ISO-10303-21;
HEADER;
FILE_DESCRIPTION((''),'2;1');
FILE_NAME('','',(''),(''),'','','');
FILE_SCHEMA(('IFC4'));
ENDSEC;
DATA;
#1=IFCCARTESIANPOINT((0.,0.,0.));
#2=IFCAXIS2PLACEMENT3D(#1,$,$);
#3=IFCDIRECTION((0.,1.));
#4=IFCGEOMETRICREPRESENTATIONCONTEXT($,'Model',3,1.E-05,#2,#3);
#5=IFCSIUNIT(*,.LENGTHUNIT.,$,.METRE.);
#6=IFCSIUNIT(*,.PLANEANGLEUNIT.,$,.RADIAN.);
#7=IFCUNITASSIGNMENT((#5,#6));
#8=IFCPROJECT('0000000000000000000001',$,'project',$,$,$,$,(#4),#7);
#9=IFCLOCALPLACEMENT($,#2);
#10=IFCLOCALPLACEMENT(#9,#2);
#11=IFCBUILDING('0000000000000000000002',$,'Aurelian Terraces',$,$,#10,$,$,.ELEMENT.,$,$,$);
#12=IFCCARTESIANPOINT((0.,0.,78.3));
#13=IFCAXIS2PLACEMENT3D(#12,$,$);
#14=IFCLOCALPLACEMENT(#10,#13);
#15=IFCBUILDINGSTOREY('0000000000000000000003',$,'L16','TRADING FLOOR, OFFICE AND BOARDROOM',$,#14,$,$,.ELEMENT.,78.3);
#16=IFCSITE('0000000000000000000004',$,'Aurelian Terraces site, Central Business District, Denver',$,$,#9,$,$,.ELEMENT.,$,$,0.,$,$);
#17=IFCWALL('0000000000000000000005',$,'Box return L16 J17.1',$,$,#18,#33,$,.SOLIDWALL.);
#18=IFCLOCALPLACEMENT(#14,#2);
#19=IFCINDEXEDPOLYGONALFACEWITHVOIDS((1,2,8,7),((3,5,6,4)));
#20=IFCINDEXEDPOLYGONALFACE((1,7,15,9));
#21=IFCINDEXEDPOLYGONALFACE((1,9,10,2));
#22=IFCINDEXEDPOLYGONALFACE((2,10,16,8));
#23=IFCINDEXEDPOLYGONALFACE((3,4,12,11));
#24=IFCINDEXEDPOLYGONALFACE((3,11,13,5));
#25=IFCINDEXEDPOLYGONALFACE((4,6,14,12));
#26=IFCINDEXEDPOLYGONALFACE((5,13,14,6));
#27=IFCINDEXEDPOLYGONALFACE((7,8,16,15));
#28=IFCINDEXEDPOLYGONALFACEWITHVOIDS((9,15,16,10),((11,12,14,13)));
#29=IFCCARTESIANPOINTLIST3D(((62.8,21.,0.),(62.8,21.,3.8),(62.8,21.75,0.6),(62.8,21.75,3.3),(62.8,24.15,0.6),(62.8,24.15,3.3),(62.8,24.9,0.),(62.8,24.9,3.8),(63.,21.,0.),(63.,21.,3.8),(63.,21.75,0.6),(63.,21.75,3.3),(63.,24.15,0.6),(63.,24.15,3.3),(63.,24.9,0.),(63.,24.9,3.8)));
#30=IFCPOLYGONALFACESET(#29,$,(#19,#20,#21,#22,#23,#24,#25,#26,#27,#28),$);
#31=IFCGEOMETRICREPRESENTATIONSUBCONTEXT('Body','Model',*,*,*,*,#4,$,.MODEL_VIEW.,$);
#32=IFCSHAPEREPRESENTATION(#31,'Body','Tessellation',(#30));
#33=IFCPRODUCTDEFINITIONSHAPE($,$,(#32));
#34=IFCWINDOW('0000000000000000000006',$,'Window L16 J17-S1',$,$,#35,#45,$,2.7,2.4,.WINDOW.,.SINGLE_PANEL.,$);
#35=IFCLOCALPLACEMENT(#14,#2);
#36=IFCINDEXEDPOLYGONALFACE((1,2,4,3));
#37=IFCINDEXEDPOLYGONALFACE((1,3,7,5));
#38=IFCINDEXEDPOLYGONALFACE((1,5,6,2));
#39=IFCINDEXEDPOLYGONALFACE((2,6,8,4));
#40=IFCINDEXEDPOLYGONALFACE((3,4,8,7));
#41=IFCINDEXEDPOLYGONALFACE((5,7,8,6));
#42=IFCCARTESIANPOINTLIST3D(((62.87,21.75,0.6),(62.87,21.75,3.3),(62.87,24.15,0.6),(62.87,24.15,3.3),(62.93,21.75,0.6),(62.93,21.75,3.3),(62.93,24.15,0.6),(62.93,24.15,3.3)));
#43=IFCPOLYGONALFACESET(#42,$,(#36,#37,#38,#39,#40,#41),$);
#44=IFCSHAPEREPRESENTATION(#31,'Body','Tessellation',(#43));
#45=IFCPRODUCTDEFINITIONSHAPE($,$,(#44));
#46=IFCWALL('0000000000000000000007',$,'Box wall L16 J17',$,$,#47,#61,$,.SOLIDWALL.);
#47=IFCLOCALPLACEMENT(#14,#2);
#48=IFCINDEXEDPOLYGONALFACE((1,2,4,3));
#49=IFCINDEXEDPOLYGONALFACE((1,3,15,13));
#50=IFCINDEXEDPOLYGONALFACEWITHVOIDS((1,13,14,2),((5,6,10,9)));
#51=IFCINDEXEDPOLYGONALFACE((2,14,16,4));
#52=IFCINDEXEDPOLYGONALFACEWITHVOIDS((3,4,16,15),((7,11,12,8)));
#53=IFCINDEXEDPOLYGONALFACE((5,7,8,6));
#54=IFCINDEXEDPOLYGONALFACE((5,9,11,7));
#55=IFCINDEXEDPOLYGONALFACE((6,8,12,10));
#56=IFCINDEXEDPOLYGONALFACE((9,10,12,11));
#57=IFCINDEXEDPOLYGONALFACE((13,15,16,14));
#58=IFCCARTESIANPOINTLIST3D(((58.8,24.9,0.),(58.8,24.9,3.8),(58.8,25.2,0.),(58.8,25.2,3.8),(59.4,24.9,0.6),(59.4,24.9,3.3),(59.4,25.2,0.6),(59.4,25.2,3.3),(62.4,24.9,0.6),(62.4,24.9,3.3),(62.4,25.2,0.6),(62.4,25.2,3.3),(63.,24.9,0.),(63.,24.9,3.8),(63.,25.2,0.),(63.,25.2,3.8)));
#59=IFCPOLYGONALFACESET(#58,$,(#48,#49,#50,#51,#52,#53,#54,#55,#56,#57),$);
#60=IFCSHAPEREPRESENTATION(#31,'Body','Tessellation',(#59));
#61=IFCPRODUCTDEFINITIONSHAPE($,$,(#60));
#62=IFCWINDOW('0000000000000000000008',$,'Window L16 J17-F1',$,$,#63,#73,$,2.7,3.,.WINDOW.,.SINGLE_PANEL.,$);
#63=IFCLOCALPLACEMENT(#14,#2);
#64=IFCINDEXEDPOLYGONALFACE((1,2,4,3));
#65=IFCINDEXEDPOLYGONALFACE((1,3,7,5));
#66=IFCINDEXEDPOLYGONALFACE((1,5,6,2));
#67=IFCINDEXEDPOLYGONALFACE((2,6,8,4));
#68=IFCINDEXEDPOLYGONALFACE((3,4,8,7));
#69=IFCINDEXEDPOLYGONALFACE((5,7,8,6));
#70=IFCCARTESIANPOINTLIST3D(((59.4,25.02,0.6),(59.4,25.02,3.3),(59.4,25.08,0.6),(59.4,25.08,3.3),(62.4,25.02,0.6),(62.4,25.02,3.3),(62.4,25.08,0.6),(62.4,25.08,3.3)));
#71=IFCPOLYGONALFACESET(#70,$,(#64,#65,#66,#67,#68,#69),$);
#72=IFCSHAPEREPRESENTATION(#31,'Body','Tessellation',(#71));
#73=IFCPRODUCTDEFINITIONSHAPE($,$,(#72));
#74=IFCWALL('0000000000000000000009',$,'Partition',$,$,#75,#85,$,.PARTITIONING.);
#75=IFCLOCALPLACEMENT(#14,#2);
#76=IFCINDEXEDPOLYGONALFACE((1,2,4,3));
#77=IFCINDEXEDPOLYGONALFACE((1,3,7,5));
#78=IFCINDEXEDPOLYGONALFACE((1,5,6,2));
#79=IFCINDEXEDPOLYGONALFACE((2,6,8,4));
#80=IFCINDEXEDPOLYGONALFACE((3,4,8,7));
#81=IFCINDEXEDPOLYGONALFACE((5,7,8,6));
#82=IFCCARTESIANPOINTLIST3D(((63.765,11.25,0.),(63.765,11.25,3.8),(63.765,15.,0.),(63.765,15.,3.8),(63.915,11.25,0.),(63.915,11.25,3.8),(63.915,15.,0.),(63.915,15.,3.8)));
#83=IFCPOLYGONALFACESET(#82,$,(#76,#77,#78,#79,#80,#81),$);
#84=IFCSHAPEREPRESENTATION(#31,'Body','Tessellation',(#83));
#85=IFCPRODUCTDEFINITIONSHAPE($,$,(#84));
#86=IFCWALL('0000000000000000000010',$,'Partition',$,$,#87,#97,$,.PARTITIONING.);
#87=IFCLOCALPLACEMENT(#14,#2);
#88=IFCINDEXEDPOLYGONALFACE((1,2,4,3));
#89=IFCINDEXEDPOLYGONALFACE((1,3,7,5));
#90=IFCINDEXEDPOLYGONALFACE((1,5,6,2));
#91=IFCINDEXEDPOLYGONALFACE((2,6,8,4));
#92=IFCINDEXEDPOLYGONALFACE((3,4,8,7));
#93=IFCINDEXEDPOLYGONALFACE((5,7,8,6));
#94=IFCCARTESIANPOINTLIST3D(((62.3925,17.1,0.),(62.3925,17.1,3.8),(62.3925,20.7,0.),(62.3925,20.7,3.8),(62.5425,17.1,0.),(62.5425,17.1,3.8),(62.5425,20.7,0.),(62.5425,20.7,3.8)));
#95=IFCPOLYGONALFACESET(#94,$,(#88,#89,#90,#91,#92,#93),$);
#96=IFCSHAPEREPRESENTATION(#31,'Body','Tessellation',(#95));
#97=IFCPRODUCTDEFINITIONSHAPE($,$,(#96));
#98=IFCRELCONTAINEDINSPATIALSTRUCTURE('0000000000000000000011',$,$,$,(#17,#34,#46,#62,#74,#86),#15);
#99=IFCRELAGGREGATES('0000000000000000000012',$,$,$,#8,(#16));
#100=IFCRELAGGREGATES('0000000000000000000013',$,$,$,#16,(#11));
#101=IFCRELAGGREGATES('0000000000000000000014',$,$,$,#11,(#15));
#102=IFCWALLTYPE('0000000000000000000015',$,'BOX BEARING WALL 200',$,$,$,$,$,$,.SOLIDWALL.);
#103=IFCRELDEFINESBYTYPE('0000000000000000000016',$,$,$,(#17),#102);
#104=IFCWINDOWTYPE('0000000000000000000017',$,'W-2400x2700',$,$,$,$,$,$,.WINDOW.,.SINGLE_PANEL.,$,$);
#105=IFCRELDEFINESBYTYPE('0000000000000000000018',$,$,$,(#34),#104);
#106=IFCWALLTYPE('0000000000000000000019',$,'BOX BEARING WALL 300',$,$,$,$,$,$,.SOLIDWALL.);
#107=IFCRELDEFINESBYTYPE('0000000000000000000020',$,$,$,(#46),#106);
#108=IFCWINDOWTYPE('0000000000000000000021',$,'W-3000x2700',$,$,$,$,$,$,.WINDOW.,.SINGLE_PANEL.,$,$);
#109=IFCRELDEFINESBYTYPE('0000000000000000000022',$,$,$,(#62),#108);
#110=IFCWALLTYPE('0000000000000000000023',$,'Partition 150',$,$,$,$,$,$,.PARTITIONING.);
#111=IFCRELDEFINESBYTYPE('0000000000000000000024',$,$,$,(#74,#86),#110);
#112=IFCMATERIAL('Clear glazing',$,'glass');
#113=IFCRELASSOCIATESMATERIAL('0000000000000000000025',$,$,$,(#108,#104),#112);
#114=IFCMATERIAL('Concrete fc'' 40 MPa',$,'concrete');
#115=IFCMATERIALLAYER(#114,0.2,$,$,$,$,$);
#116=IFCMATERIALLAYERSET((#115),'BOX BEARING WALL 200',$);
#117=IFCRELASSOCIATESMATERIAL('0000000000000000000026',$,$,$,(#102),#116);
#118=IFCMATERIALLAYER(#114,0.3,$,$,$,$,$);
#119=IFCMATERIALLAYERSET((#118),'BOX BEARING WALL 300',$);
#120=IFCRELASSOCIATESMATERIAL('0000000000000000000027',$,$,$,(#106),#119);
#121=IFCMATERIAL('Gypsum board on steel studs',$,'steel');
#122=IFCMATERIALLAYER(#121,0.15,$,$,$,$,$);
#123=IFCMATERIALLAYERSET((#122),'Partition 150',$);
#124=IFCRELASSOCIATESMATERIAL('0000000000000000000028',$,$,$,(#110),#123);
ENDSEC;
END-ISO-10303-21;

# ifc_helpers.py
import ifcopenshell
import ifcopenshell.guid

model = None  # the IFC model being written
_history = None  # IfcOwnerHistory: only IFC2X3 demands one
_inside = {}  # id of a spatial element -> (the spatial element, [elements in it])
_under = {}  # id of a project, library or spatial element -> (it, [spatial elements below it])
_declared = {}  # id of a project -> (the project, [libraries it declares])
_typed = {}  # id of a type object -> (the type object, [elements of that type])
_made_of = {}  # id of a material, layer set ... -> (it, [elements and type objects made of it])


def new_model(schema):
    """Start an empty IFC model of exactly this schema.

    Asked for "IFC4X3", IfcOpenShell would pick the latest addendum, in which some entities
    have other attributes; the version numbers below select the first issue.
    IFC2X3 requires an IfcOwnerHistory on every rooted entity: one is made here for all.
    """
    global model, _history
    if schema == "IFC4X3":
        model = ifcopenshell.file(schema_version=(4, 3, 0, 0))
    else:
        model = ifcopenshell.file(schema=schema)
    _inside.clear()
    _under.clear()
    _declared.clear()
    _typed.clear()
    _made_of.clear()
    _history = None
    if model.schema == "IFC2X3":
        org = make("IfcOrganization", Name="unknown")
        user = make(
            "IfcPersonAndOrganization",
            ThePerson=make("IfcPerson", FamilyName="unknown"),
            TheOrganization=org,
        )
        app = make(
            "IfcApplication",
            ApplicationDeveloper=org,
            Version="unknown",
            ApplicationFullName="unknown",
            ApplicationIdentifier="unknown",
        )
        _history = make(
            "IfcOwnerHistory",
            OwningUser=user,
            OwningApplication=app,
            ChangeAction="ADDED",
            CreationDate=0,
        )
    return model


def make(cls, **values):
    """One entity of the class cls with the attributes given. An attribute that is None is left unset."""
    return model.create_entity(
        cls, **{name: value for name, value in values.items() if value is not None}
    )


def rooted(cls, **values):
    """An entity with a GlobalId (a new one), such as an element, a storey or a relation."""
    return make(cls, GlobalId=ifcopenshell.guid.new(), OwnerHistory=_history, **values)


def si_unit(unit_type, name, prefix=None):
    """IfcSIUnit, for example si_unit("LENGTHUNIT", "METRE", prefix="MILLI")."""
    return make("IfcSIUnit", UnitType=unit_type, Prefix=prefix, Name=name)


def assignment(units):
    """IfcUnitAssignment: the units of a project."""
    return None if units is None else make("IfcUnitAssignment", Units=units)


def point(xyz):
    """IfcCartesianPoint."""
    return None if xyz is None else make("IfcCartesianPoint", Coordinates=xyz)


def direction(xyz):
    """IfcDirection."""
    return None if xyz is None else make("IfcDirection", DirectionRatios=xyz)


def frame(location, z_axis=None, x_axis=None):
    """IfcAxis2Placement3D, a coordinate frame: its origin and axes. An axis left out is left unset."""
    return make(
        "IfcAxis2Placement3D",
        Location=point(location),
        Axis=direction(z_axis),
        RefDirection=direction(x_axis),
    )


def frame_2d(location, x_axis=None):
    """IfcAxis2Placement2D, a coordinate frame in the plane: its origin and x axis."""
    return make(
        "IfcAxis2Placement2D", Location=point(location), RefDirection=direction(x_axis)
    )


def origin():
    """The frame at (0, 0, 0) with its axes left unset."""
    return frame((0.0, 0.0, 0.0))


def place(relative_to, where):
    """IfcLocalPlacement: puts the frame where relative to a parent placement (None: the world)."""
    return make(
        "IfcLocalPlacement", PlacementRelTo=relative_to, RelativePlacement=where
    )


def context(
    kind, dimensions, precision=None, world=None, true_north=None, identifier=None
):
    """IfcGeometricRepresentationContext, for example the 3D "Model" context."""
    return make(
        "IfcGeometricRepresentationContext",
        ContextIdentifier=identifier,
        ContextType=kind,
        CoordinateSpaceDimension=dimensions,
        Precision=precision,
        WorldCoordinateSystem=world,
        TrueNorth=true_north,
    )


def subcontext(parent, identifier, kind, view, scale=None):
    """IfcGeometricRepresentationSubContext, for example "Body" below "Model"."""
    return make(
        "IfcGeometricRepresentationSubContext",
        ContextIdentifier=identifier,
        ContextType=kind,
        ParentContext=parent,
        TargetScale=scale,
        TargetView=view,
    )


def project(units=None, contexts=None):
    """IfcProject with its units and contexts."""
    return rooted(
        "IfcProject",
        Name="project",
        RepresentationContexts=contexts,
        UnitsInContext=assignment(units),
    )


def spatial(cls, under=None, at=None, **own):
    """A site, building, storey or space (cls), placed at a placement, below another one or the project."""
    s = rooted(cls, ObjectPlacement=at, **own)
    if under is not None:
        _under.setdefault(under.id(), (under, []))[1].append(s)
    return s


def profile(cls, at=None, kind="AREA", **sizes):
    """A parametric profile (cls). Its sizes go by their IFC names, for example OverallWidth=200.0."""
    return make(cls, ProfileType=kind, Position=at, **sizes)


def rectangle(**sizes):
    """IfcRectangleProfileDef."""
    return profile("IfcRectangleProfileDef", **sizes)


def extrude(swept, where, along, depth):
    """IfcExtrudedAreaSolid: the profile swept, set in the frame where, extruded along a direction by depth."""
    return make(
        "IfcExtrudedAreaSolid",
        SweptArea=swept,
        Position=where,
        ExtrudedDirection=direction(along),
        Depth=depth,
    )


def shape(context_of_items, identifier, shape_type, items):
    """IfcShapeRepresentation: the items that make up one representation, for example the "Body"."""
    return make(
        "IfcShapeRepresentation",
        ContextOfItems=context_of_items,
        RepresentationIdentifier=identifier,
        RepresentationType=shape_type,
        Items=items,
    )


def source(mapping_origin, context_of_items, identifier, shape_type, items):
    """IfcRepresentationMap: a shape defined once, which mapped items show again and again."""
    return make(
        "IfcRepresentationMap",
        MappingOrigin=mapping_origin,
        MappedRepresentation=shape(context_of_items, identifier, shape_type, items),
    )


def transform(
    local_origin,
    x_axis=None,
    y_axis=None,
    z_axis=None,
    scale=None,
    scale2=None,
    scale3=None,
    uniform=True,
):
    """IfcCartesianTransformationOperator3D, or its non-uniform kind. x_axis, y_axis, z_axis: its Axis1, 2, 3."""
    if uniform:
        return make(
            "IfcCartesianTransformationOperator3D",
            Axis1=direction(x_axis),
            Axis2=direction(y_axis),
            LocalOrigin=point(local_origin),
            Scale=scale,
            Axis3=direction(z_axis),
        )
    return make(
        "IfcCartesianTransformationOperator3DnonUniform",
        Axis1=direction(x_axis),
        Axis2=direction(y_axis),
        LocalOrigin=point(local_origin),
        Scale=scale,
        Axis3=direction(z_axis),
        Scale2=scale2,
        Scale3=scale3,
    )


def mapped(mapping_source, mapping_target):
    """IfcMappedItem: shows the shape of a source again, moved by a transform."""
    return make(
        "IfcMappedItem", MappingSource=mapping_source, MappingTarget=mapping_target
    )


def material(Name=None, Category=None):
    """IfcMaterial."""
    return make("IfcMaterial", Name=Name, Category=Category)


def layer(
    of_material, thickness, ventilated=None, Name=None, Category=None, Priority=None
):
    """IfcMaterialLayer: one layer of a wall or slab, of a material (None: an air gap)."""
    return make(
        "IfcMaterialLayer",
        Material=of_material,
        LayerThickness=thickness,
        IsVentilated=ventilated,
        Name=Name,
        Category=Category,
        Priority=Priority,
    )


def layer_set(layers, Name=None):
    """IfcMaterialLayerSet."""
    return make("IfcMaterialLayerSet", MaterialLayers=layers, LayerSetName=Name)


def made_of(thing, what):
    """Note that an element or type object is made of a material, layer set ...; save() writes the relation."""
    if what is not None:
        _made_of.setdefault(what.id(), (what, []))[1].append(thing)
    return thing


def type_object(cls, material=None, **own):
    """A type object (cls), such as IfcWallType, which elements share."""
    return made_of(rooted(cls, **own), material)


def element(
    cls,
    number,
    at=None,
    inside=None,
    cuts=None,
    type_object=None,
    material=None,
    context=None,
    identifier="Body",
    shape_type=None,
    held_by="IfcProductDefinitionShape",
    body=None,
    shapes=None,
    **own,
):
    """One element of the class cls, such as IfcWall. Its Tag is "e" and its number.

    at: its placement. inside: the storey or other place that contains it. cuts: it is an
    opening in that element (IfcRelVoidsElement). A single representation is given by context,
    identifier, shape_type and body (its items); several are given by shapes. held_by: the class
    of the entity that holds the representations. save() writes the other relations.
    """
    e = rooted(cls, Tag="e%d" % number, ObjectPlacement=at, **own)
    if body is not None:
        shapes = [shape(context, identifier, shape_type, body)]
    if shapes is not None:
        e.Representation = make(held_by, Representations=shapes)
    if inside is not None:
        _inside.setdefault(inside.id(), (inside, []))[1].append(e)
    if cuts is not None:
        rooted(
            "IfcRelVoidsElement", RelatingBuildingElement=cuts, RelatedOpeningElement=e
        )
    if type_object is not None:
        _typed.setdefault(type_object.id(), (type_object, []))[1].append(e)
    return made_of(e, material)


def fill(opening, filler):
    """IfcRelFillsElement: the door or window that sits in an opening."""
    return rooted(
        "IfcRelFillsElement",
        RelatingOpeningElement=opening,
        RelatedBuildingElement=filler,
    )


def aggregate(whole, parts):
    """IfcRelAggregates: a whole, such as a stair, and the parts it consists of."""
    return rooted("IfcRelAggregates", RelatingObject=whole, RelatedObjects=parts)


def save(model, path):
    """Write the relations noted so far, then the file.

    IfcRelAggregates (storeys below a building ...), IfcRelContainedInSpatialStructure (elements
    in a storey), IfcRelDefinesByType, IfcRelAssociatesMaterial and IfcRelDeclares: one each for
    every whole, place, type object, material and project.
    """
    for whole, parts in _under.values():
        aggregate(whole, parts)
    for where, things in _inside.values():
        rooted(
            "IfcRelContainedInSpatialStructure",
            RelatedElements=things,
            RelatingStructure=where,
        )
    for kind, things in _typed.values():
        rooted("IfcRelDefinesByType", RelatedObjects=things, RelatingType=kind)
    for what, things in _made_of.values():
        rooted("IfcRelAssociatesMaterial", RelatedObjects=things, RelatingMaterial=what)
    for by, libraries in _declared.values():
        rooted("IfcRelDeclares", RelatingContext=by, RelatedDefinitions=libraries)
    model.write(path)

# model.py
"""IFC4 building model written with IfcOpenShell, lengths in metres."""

from ifc_helpers import new_model, si_unit, direction, frame, frame_2d, origin, place, context, subcontext, project, spatial, rectangle, extrude, source, transform, mapped, material, layer, layer_set, type_object, element, fill, save


model = new_model("IFC4")

# Units and contexts
model_context = context("Model", 3, precision=1e-05, world=origin(), true_north=direction((0.0, 1.0)))
body_context = subcontext(model_context, "Body", "Model", "MODEL_VIEW")
ifc_project = project(units=[si_unit("LENGTHUNIT", "METRE"), si_unit("PLANEANGLEUNIT", "RADIAN")], contexts=[model_context])

# Site, building, storey
site_placement = place(None, origin())
site = spatial("IfcSite", under=ifc_project, at=site_placement, Name="Aurelian Terraces site, Central Business District, Denver", CompositionType="ELEMENT", RefElevation=0.0)
building_placement = place(site_placement, origin())
building = spatial("IfcBuilding", under=site, at=building_placement, Name="Aurelian Terraces", CompositionType="ELEMENT")
storey_placement = place(building_placement, frame((0.0, 0.0, 78.3)))
storey = spatial("IfcBuildingStorey", under=building, at=storey_placement, Name="L16", Description="TRADING FLOOR, OFFICE AND BOARDROOM", CompositionType="ELEMENT", Elevation=78.3)

# Walls, openings, windows
ifc_material_1 = material(Name="Clear glazing", Category="glass")
shared_shape_1 = source(origin(), body_context, "Body", "SweptSolid", [
    extrude(rectangle(XDim=3.0, YDim=2.7, at=frame_2d((1.5, 1.35))), frame((0.0, 0.16, 0.0), z_axis=(0.0, -1.0, 0.0), x_axis=(1.0, 0.0, 0.0)), (0.0, 0.0, 1.0), 0.32),
])
window_type_1 = type_object("IfcWindowType", Name="W-3000x2700", PartitioningType="SINGLE_PANEL", PredefinedType="WINDOW", material=ifc_material_1)
shared_shape_2 = source(origin(), body_context, "Body", "SweptSolid", [
    extrude(rectangle(XDim=3.0, YDim=2.7, at=frame_2d((1.5, 1.35))), frame((0.0, 0.03, 0.0), z_axis=(0.0, -1.0, 0.0), x_axis=(1.0, 0.0, 0.0)), (0.0, 0.0, 1.0), 0.06),
])
ifc_material_2 = material(Name="Concrete fc' 40 MPa", Category="concrete")
ifc_layer_1 = layer(ifc_material_2, 0.2)
ifc_layer_set_1 = layer_set([ifc_layer_1], Name="BOX BEARING WALL 200")
wall_type_1 = type_object("IfcWallType", Name="BOX BEARING WALL 200", PredefinedType="SOLIDWALL", material=ifc_layer_set_1)
shared_shape_3 = source(origin(), body_context, "Body", "SweptSolid", [
    extrude(rectangle(XDim=3.9, YDim=0.2, at=frame_2d((1.95, 0.0))), origin(), (0.0, 0.0, 1.0), 3.8),
])
wall_1_placement = place(storey_placement, frame((62.9, 21.0, 0.0), z_axis=(0.0, 0.0, 1.0), x_axis=(0.0, 1.0, 0.0)))
wall_1 = element("IfcWall", 1, at=wall_1_placement, inside=storey, type_object=wall_type_1, Name="Box return L16 J17.1", PredefinedType="SOLIDWALL", context=body_context, shape_type="MappedRepresentation", body=[
    mapped(shared_shape_3, transform((0.0, 0.0, 0.0), scale=1.0)),
])
shared_shape_4 = source(origin(), body_context, "Body", "SweptSolid", [
    extrude(rectangle(XDim=2.4, YDim=2.7, at=frame_2d((1.2, 1.35))), frame((0.0, 0.11, 0.0), z_axis=(0.0, -1.0, 0.0), x_axis=(1.0, 0.0, 0.0)), (0.0, 0.0, 1.0), 0.22),
])
opening_1_placement = place(wall_1_placement, frame((0.75, 0.0, 0.6)))
opening_1 = element("IfcOpeningElement", 2, at=opening_1_placement, cuts=wall_1, PredefinedType="OPENING", context=body_context, shape_type="MappedRepresentation", body=[
    mapped(shared_shape_4, transform((0.0, 0.0, 0.0), scale=1.0)),
])
window_type_2 = type_object("IfcWindowType", Name="W-2400x2700", PartitioningType="SINGLE_PANEL", PredefinedType="WINDOW", material=ifc_material_1)
shared_shape_5 = source(origin(), body_context, "Body", "SweptSolid", [
    extrude(rectangle(XDim=2.4, YDim=2.7, at=frame_2d((1.2, 1.35))), frame((0.0, 0.03, 0.0), z_axis=(0.0, -1.0, 0.0), x_axis=(1.0, 0.0, 0.0)), (0.0, 0.0, 1.0), 0.06),
])
window_1_placement = place(opening_1_placement, origin())
window_1 = element("IfcWindow", 3, at=window_1_placement, inside=storey, type_object=window_type_2, Name="Window L16 J17-S1", OverallHeight=2.7, OverallWidth=2.4, PartitioningType="SINGLE_PANEL", PredefinedType="WINDOW", context=body_context, shape_type="MappedRepresentation", body=[
    mapped(shared_shape_5, transform((0.0, 0.0, 0.0), scale=1.0)),
])
fill(opening_1, window_1)
ifc_layer_2 = layer(ifc_material_2, 0.3)
ifc_layer_set_2 = layer_set([ifc_layer_2], Name="BOX BEARING WALL 300")
wall_type_2 = type_object("IfcWallType", Name="BOX BEARING WALL 300", PredefinedType="SOLIDWALL", material=ifc_layer_set_2)
shared_shape_6 = source(origin(), body_context, "Body", "SweptSolid", [
    extrude(rectangle(XDim=4.2, YDim=0.3, at=frame_2d((2.1, 0.0))), origin(), (0.0, 0.0, 1.0), 3.8),
])
wall_2_placement = place(storey_placement, frame((63.0, 25.05, 0.0), z_axis=(0.0, 0.0, 1.0), x_axis=(-1.0, 0.0, 0.0)))
wall_2 = element("IfcWall", 4, at=wall_2_placement, inside=storey, type_object=wall_type_2, Name="Box wall L16 J17", PredefinedType="SOLIDWALL", context=body_context, shape_type="MappedRepresentation", body=[
    mapped(shared_shape_6, transform((0.0, 0.0, 0.0), scale=1.0)),
])
opening_2_placement = place(wall_2_placement, frame((0.6, 0.0, 0.6)))
opening_2 = element("IfcOpeningElement", 5, at=opening_2_placement, cuts=wall_2, PredefinedType="OPENING", context=body_context, shape_type="MappedRepresentation", body=[
    mapped(shared_shape_1, transform((0.0, 0.0, 0.0), scale=1.0)),
])
window_2_placement = place(opening_2_placement, origin())
window_2 = element("IfcWindow", 6, at=window_2_placement, inside=storey, type_object=window_type_1, Name="Window L16 J17-F1", OverallHeight=2.7, OverallWidth=3.0, PartitioningType="SINGLE_PANEL", PredefinedType="WINDOW", context=body_context, shape_type="MappedRepresentation", body=[
    mapped(shared_shape_2, transform((0.0, 0.0, 0.0), scale=1.0)),
])
fill(opening_2, window_2)

# Walls
ifc_material_3 = material(Name="Gypsum board on steel studs", Category="steel")
ifc_layer_3 = layer(ifc_material_3, 0.15)
ifc_layer_set_3 = layer_set([ifc_layer_3], Name="Partition 150")
wall_type_3 = type_object("IfcWallType", Name="Partition 150", PredefinedType="PARTITIONING", material=ifc_layer_set_3)
shared_shape_7 = source(origin(), body_context, "Body", "SweptSolid", [
    extrude(rectangle(XDim=3.75, YDim=0.15, at=frame_2d((1.875, 0.0))), origin(), (0.0, 0.0, 1.0), 3.8),
])
wall_3_placement = place(storey_placement, frame((63.84, 11.25, 0.0), z_axis=(0.0, 0.0, 1.0), x_axis=(0.0, 1.0, 0.0)))
element("IfcWall", 7, at=wall_3_placement, inside=storey, type_object=wall_type_3, Name="Partition", PredefinedType="PARTITIONING", context=body_context, shape_type="MappedRepresentation", body=[
    mapped(shared_shape_7, transform((0.0, 0.0, 0.0), scale=1.0)),
])
shared_shape_8 = source(origin(), body_context, "Body", "SweptSolid", [
    extrude(rectangle(XDim=3.6, YDim=0.15, at=frame_2d((1.8, 0.0))), origin(), (0.0, 0.0, 1.0), 3.8),
])
wall_4_placement = place(storey_placement, frame((62.4675, 20.7, 0.0), z_axis=(0.0, 0.0, 1.0), x_axis=(0.0, -1.0, 0.0)))
element("IfcWall", 8, at=wall_4_placement, inside=storey, type_object=wall_type_3, Name="Partition", PredefinedType="PARTITIONING", context=body_context, shape_type="MappedRepresentation", body=[
    mapped(shared_shape_8, transform((0.0, 0.0, 0.0), scale=1.0)),
])

save(model, "model.ifc")
